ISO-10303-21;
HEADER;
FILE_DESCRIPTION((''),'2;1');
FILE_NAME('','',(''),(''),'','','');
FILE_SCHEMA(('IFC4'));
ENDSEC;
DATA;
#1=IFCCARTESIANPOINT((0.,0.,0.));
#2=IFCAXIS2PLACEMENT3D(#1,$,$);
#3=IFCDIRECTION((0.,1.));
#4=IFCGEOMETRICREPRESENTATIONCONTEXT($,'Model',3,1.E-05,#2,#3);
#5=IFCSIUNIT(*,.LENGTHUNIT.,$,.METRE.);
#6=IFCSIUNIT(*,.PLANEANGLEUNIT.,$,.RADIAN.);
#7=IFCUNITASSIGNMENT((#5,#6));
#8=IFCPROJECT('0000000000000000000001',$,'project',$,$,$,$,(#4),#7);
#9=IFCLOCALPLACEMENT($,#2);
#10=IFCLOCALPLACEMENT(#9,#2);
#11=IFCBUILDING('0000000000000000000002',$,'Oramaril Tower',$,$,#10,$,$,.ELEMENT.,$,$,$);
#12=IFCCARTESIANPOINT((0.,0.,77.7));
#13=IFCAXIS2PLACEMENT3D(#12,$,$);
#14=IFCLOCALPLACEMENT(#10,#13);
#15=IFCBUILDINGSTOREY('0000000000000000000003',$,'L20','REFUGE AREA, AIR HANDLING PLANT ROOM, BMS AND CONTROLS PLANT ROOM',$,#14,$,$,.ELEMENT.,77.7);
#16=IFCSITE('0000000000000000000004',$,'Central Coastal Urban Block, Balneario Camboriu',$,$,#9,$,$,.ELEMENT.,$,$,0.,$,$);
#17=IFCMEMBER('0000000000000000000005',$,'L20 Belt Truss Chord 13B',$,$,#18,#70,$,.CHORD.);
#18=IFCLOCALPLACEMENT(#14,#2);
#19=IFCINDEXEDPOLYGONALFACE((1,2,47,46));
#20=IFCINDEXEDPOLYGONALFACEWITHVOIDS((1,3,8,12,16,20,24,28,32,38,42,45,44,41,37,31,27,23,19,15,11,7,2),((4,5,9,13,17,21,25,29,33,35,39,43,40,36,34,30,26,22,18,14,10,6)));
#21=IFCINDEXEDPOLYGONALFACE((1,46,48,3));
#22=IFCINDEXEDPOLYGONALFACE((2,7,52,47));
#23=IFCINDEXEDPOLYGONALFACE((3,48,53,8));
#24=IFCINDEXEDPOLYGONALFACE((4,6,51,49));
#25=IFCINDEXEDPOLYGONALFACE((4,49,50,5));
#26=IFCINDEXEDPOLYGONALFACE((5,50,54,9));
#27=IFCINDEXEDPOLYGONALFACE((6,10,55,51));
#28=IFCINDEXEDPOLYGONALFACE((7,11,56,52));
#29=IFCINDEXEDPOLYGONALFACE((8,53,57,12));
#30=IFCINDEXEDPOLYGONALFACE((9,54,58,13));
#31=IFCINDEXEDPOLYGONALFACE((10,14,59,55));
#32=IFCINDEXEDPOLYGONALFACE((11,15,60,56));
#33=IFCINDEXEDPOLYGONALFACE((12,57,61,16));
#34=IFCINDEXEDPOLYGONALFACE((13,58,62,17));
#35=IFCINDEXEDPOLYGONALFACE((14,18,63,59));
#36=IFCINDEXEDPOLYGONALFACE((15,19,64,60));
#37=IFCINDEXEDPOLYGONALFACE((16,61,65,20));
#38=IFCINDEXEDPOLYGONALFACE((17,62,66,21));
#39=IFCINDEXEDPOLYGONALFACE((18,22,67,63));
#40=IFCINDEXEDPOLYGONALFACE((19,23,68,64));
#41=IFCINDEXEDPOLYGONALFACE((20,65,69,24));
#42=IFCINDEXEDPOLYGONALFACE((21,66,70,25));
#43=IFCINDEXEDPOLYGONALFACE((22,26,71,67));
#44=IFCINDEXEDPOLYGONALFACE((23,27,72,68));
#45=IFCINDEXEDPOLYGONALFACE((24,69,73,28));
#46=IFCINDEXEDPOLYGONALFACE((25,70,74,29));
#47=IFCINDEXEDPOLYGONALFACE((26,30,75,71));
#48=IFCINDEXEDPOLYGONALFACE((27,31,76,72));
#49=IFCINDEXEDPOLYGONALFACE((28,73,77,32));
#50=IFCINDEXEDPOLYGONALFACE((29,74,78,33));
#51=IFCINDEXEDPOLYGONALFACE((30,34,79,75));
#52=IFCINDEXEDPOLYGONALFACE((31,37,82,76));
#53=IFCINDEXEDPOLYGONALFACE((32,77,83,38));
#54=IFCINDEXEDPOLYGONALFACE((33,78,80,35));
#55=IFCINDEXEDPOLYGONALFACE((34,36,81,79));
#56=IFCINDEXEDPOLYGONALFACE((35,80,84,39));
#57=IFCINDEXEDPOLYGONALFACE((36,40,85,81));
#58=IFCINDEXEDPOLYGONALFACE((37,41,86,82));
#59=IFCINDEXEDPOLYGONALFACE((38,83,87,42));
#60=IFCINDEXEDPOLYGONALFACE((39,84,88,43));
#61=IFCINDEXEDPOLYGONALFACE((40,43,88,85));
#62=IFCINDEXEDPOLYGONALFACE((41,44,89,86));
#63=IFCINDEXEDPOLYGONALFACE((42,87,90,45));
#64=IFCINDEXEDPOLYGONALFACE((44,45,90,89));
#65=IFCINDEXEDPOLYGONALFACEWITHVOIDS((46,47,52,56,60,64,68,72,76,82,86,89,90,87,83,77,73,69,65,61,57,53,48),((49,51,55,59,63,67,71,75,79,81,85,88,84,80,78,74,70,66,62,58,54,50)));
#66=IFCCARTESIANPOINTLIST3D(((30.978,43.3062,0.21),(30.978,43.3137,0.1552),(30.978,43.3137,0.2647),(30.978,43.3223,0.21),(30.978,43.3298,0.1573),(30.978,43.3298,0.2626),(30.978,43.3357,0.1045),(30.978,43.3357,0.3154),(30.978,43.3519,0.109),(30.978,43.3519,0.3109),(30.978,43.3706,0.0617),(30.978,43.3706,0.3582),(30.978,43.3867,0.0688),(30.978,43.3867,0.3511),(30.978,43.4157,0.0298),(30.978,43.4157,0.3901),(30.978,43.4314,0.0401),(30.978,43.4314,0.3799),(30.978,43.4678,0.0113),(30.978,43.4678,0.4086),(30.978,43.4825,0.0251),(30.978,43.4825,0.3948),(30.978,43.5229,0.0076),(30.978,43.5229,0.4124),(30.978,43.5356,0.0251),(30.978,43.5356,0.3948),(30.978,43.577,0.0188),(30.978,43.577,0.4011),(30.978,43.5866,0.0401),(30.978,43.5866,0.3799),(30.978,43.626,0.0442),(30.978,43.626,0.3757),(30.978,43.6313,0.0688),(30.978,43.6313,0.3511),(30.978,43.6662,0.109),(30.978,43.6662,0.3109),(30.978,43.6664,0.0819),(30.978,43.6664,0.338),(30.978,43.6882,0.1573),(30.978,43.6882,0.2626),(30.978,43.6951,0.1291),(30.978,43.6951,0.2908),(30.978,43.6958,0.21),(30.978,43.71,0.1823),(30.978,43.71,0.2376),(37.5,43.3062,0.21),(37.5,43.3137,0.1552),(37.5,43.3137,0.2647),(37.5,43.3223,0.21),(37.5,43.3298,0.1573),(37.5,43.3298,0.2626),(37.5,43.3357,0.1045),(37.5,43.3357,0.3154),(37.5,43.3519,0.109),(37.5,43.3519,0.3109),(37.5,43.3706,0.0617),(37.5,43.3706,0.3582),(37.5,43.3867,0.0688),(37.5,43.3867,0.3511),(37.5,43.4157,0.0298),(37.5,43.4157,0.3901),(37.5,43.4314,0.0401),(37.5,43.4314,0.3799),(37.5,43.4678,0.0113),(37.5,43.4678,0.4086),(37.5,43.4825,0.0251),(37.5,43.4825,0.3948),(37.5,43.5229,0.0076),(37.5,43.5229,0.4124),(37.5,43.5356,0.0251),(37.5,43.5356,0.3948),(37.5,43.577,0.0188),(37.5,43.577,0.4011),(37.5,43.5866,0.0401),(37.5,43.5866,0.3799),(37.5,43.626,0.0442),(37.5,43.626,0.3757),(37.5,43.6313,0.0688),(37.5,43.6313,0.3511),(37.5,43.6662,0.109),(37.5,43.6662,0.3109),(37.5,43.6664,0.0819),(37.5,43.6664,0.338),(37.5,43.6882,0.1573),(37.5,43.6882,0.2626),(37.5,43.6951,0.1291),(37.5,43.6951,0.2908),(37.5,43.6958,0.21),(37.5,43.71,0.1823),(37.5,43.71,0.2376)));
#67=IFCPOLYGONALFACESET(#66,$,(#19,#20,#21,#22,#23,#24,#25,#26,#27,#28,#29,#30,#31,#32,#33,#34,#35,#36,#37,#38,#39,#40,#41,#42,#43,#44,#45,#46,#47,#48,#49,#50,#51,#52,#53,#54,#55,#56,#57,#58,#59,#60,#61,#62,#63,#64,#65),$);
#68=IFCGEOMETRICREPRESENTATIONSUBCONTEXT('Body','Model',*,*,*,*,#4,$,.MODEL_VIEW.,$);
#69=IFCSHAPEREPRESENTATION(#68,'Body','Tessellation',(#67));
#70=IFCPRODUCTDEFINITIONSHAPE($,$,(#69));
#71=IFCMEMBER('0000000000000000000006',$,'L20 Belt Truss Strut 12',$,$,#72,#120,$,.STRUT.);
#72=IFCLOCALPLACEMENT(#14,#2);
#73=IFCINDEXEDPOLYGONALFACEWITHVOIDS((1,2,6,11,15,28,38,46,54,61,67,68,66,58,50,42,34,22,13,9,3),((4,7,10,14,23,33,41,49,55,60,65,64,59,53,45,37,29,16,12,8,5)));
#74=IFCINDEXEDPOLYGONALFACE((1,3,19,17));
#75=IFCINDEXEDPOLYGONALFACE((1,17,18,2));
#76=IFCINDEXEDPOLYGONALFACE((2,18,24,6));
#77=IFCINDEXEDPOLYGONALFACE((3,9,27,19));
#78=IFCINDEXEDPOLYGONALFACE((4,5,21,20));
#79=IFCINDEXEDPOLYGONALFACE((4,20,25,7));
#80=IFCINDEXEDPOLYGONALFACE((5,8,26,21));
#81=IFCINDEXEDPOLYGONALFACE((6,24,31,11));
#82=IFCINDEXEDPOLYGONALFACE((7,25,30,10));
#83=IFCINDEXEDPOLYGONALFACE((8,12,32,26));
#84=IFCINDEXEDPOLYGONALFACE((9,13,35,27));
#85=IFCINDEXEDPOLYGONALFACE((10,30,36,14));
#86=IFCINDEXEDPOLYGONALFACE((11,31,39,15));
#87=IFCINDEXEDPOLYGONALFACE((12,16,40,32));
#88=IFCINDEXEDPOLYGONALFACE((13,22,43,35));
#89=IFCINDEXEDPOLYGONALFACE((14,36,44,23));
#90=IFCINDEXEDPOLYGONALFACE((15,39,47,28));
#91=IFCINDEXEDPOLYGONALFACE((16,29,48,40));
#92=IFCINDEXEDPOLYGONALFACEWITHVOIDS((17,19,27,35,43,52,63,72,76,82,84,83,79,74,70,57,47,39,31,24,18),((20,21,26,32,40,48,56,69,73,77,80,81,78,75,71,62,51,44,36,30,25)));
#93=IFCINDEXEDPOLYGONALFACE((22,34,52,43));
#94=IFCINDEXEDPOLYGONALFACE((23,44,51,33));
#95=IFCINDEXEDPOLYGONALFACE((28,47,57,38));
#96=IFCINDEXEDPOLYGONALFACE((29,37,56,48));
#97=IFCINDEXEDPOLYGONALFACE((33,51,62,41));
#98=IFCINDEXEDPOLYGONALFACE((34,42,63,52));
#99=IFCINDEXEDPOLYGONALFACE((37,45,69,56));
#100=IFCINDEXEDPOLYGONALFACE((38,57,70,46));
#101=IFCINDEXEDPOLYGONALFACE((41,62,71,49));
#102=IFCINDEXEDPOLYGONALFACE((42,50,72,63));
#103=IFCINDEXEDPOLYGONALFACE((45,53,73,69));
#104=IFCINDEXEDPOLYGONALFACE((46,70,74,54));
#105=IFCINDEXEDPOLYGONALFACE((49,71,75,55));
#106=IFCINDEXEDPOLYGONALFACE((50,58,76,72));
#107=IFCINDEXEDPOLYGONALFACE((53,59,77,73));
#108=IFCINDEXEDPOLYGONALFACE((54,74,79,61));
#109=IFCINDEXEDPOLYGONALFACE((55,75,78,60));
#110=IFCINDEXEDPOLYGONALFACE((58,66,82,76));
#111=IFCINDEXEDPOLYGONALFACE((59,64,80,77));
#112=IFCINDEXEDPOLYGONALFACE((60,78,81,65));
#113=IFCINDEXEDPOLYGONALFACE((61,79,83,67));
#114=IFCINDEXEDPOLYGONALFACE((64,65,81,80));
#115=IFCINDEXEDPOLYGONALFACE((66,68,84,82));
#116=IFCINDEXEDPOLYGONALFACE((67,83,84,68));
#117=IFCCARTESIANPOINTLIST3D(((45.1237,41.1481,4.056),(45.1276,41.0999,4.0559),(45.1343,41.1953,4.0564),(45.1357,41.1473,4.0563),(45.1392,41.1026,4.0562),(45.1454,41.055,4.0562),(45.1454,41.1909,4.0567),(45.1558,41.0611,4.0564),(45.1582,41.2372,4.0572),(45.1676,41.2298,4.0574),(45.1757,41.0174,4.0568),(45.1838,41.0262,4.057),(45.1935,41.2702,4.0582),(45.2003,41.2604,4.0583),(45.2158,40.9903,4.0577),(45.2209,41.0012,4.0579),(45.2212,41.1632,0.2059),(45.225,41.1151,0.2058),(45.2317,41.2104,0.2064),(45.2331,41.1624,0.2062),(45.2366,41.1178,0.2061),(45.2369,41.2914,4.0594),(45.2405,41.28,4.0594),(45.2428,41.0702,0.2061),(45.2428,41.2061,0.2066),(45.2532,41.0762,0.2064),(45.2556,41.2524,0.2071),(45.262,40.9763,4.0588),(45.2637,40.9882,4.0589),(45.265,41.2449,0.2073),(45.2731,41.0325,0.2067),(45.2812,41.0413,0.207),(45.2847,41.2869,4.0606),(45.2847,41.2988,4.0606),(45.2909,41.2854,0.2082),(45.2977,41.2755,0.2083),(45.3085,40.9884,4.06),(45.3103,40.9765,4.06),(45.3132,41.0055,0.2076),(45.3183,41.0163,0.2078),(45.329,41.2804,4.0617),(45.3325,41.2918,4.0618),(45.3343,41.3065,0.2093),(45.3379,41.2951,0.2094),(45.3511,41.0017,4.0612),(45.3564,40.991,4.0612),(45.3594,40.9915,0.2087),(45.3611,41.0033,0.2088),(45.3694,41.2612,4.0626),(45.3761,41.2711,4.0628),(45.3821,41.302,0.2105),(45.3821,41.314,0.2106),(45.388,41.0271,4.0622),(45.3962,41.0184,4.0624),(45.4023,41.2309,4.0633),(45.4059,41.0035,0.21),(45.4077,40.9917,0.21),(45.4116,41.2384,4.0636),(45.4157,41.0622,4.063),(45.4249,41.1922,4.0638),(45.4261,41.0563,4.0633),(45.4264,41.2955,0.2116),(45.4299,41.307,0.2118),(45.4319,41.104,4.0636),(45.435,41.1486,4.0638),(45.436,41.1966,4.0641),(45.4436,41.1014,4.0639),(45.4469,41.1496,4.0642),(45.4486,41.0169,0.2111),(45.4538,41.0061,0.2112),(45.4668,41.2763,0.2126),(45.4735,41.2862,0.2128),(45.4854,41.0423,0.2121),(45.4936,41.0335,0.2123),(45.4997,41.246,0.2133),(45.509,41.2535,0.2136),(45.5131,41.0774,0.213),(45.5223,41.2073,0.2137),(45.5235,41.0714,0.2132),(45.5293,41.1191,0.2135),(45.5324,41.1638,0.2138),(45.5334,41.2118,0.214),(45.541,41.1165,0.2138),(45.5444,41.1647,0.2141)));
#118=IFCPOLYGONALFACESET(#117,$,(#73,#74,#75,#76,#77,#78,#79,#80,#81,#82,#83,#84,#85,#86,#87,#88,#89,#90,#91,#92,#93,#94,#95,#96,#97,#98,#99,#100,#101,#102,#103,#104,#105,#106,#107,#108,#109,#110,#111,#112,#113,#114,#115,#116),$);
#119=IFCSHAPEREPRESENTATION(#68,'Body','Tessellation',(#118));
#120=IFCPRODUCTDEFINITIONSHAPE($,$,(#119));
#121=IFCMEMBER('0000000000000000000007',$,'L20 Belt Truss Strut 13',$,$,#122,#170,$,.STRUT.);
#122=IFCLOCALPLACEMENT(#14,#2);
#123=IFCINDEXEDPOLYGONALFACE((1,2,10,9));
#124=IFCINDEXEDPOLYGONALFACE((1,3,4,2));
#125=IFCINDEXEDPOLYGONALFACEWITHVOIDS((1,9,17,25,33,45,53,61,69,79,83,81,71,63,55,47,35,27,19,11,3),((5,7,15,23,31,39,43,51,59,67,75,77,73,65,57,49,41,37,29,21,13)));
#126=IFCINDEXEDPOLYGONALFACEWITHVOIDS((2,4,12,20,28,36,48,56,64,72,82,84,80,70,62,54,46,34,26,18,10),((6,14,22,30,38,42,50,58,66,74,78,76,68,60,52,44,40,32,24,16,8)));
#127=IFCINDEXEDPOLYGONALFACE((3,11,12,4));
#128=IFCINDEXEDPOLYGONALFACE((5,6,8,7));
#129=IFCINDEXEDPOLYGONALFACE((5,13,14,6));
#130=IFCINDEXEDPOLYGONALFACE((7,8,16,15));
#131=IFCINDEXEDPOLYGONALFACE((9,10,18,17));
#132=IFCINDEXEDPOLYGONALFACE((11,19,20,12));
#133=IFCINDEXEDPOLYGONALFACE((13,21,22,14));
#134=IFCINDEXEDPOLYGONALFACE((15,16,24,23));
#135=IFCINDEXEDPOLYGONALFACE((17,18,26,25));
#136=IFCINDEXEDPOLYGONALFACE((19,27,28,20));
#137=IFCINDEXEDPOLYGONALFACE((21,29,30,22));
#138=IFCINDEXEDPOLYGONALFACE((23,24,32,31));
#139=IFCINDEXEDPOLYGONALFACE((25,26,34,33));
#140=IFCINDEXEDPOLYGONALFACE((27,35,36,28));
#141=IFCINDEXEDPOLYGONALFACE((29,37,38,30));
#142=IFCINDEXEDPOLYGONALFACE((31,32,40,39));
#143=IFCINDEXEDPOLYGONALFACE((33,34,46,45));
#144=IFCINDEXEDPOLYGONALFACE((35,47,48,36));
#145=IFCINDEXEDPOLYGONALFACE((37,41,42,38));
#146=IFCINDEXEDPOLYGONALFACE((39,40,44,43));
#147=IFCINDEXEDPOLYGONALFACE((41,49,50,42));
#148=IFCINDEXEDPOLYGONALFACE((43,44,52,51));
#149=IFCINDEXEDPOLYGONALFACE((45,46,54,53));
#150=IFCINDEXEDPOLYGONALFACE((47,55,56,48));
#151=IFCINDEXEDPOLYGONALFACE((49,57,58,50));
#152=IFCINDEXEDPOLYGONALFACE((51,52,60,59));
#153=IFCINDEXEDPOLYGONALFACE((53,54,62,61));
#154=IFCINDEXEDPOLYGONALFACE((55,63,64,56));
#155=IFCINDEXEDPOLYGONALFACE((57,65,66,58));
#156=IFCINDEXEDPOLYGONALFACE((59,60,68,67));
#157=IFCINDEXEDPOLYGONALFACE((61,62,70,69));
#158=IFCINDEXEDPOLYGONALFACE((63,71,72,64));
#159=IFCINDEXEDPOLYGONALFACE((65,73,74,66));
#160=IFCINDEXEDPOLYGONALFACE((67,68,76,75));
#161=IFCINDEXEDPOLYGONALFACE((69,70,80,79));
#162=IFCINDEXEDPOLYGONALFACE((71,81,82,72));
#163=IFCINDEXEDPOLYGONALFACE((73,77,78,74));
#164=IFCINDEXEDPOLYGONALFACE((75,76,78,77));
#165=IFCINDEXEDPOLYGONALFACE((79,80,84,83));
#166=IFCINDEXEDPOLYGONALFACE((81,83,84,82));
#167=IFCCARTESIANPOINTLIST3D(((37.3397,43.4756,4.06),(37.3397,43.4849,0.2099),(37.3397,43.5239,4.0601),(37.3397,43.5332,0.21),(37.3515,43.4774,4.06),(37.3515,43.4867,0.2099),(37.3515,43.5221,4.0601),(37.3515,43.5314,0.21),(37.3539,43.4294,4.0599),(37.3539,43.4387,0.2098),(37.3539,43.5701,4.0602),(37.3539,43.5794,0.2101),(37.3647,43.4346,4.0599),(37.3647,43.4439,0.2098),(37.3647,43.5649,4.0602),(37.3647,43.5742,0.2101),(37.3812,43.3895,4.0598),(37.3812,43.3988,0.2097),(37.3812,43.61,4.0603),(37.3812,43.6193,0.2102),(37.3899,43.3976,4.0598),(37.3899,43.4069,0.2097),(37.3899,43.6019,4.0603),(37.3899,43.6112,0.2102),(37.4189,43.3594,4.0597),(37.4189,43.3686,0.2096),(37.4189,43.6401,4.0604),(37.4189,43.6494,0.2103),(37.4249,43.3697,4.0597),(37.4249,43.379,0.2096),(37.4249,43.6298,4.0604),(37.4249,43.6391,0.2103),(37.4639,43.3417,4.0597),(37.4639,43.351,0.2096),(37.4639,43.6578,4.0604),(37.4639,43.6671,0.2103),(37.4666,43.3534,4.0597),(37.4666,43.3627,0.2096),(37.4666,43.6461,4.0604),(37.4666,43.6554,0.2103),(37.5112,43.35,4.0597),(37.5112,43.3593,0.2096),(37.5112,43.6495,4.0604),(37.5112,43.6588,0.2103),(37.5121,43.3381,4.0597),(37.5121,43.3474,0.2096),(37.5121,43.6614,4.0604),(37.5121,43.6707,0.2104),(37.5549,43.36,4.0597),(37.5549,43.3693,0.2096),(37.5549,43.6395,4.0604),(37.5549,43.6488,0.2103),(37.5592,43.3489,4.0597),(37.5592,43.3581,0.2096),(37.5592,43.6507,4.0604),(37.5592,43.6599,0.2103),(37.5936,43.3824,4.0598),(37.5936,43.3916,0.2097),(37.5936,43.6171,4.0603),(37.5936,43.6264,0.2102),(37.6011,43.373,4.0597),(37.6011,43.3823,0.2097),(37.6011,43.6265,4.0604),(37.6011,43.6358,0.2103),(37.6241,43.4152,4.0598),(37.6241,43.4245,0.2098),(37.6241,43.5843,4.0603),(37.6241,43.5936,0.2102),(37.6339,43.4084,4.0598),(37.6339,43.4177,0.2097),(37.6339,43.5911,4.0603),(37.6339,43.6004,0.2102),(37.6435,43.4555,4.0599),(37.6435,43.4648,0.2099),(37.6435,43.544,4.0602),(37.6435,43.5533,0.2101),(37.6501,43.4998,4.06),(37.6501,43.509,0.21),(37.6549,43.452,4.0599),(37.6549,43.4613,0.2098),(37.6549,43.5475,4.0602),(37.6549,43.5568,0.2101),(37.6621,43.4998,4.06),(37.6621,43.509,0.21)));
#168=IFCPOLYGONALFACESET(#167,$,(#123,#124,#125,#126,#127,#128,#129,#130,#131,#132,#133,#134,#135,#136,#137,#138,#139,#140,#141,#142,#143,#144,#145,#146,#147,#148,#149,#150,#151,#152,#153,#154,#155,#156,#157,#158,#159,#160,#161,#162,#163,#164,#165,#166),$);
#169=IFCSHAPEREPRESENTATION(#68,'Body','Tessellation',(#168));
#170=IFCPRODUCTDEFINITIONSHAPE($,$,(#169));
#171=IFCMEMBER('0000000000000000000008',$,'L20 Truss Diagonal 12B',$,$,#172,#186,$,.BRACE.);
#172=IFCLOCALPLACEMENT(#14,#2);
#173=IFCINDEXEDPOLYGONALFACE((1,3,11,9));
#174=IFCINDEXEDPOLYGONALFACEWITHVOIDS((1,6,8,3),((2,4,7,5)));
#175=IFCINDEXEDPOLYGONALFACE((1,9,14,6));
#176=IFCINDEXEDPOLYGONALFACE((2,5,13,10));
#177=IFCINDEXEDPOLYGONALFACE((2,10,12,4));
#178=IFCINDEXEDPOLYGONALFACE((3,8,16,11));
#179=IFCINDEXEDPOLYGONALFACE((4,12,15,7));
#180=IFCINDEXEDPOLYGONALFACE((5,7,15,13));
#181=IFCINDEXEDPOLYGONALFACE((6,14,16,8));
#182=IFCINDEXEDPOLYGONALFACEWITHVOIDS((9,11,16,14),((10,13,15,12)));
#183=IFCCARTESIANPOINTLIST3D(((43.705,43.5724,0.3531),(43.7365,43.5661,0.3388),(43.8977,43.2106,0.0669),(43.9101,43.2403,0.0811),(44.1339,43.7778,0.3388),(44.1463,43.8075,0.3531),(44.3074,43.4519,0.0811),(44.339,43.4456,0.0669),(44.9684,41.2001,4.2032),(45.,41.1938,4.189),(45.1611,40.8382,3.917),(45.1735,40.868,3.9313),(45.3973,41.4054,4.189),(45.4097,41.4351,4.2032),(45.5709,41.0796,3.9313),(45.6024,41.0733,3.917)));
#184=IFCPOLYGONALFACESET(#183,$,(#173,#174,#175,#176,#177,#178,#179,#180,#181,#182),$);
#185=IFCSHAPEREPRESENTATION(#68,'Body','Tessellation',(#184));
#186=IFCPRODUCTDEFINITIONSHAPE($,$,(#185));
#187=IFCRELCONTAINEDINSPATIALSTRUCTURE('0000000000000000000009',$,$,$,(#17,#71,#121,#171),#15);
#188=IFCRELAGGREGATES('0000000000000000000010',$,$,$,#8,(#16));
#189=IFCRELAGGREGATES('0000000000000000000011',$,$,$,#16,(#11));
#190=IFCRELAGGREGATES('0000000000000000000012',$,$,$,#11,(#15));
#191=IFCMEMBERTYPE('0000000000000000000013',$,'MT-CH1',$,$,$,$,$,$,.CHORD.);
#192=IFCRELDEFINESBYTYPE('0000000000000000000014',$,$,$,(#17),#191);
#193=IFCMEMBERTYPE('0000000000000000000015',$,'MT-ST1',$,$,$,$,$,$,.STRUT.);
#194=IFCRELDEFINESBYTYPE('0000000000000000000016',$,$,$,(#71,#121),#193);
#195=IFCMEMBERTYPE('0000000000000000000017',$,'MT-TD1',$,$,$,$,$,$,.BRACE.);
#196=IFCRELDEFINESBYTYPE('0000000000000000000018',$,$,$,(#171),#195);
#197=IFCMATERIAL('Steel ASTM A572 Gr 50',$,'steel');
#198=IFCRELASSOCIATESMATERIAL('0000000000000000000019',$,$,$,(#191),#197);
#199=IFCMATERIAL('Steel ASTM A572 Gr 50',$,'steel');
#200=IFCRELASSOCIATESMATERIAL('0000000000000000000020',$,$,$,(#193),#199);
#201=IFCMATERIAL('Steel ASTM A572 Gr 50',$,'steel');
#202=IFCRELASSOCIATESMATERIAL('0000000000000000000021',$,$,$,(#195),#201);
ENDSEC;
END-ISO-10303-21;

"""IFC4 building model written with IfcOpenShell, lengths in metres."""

from ifc_helpers import new_model, si_unit, direction, frame, origin, origin_2d, place, context, subcontext, project, spatial, hollow_rectangle, hollow_circle, extrude, material, material_profile, profile_set, type_object, element, save


model = new_model("IFC4")

# Units and contexts
model_context = context("Model", 3, precision=1e-05, world=origin(), true_north=direction((0.0, 1.0)))
body_context = subcontext(model_context, "Body", "Model", "MODEL_VIEW")
ifc_project = project(units=[si_unit("LENGTHUNIT", "METRE"), si_unit("PLANEANGLEUNIT", "RADIAN")], contexts=[model_context])

# Site, building, storey
site_placement = place(None, origin())
site = spatial("IfcSite", under=ifc_project, at=site_placement, Name="Central Coastal Urban Block, Balneario Camboriu", CompositionType="ELEMENT", RefElevation=0.0)
building_placement = place(site_placement, origin())
building = spatial("IfcBuilding", under=site, at=building_placement, Name="Oramaril Tower", CompositionType="ELEMENT")
storey_placement = place(building_placement, frame((0.0, 0.0, 77.7)))
storey = spatial("IfcBuildingStorey", under=building, at=storey_placement, Name="L20", Description="REFUGE AREA, AIR HANDLING PLANT ROOM, BMS AND CONTROLS PLANT ROOM", CompositionType="ELEMENT", Elevation=77.7)

# Members
ifc_material_1 = material(Name="Steel ASTM A572 Gr 50", Category="steel")
ifc_material_profile_1 = material_profile(ifc_material_1, hollow_circle(Radius=0.2029, WallThickness=0.0161, at=origin_2d()), Name="CHS406X16")
ifc_profile_set_1 = profile_set([ifc_material_profile_1], Name="Steel ASTM A572 Gr 50")
member_type_1 = type_object("IfcMemberType", Name="MT-CH1", PredefinedType="CHORD", material=ifc_profile_set_1)
for number, where, z_axis, x_axis, name in (
    (1, (37.5, 43.509, 0.21), (-1.0, 0.0, 0.0), (0.0, -1.0, 0.0), "L20 Belt Truss Chord 13B"),
):
    element("IfcMember", number, at=place(storey_placement, frame(where, z_axis=z_axis, x_axis=x_axis)), inside=storey, type_object=member_type_1, Name=name, PredefinedType="CHORD", context=body_context, shape_type="SweptSolid", body=[
        extrude(hollow_circle(Radius=0.2029, WallThickness=0.0161, at=origin_2d()), origin(), (0.0, 0.0, 1.0), 6.522),
    ])
ifc_material_2 = material(Name="Steel ASTM A572 Gr 50", Category="steel")
ifc_material_profile_2 = material_profile(ifc_material_2, hollow_circle(Radius=0.1621, WallThickness=0.012, at=origin_2d()), Name="CHS324X12")
ifc_profile_set_2 = profile_set([ifc_material_profile_2], Name="Steel ASTM A572 Gr 50")
member_type_2 = type_object("IfcMemberType", Name="MT-ST1", PredefinedType="STRUT", material=ifc_profile_set_2)
member_1_placement = place(storey_placement, frame((45.3828, 41.1519, 0.21), z_axis=(-0.025293, -0.00393, 0.999672), x_axis=(0.153546, -0.988142, 0.0)))
element("IfcMember", 2, at=member_1_placement, inside=storey, type_object=member_type_2, Name="L20 Belt Truss Strut 12", PredefinedType="STRUT", context=body_context, shape_type="SweptSolid", body=[
    extrude(hollow_circle(Radius=0.1621, WallThickness=0.012, at=origin_2d()), origin(), (0.0, 0.0, 1.0), 3.8513),
])
member_2_placement = place(storey_placement, frame((37.5, 43.509, 0.21), z_axis=(0.0, -0.00241, 0.999997), x_axis=(1.0, 0.0, 0.0)))
element("IfcMember", 3, at=member_2_placement, inside=storey, type_object=member_type_2, Name="L20 Belt Truss Strut 13", PredefinedType="STRUT", context=body_context, shape_type="SweptSolid", body=[
    extrude(hollow_circle(Radius=0.1621, WallThickness=0.012, at=origin_2d()), origin(), (0.0, 0.0, 1.0), 3.8501),
])
ifc_material_3 = material(Name="Steel ASTM A572 Gr 50", Category="steel")
ifc_material_profile_3 = material_profile(ifc_material_3, hollow_rectangle(XDim=0.5, YDim=0.5, WallThickness=0.0249, at=origin_2d()), Name="HSS500X500X25")
ifc_profile_set_3 = profile_set([ifc_material_profile_3], Name="Steel ASTM A572 Gr 50")
member_type_3 = type_object("IfcMemberType", Name="MT-TD1", PredefinedType="BRACE", material=ifc_profile_set_3)
member_3_placement = place(storey_placement, frame((44.022, 43.509, 0.21), z_axis=(0.269074, -0.505235, 0.819961), x_axis=(0.882632, 0.470065, 0.0)))
element("IfcMember", 4, at=member_3_placement, inside=storey, type_object=member_type_3, Name="L20 Truss Diagonal 12B", PredefinedType="BRACE", context=body_context, shape_type="SweptSolid", body=[
    extrude(hollow_rectangle(XDim=0.5, YDim=0.5, WallThickness=0.0249, at=origin_2d()), origin(), (0.0, 0.0, 1.0), 4.6956),
])

save(model, "model.ifc")
